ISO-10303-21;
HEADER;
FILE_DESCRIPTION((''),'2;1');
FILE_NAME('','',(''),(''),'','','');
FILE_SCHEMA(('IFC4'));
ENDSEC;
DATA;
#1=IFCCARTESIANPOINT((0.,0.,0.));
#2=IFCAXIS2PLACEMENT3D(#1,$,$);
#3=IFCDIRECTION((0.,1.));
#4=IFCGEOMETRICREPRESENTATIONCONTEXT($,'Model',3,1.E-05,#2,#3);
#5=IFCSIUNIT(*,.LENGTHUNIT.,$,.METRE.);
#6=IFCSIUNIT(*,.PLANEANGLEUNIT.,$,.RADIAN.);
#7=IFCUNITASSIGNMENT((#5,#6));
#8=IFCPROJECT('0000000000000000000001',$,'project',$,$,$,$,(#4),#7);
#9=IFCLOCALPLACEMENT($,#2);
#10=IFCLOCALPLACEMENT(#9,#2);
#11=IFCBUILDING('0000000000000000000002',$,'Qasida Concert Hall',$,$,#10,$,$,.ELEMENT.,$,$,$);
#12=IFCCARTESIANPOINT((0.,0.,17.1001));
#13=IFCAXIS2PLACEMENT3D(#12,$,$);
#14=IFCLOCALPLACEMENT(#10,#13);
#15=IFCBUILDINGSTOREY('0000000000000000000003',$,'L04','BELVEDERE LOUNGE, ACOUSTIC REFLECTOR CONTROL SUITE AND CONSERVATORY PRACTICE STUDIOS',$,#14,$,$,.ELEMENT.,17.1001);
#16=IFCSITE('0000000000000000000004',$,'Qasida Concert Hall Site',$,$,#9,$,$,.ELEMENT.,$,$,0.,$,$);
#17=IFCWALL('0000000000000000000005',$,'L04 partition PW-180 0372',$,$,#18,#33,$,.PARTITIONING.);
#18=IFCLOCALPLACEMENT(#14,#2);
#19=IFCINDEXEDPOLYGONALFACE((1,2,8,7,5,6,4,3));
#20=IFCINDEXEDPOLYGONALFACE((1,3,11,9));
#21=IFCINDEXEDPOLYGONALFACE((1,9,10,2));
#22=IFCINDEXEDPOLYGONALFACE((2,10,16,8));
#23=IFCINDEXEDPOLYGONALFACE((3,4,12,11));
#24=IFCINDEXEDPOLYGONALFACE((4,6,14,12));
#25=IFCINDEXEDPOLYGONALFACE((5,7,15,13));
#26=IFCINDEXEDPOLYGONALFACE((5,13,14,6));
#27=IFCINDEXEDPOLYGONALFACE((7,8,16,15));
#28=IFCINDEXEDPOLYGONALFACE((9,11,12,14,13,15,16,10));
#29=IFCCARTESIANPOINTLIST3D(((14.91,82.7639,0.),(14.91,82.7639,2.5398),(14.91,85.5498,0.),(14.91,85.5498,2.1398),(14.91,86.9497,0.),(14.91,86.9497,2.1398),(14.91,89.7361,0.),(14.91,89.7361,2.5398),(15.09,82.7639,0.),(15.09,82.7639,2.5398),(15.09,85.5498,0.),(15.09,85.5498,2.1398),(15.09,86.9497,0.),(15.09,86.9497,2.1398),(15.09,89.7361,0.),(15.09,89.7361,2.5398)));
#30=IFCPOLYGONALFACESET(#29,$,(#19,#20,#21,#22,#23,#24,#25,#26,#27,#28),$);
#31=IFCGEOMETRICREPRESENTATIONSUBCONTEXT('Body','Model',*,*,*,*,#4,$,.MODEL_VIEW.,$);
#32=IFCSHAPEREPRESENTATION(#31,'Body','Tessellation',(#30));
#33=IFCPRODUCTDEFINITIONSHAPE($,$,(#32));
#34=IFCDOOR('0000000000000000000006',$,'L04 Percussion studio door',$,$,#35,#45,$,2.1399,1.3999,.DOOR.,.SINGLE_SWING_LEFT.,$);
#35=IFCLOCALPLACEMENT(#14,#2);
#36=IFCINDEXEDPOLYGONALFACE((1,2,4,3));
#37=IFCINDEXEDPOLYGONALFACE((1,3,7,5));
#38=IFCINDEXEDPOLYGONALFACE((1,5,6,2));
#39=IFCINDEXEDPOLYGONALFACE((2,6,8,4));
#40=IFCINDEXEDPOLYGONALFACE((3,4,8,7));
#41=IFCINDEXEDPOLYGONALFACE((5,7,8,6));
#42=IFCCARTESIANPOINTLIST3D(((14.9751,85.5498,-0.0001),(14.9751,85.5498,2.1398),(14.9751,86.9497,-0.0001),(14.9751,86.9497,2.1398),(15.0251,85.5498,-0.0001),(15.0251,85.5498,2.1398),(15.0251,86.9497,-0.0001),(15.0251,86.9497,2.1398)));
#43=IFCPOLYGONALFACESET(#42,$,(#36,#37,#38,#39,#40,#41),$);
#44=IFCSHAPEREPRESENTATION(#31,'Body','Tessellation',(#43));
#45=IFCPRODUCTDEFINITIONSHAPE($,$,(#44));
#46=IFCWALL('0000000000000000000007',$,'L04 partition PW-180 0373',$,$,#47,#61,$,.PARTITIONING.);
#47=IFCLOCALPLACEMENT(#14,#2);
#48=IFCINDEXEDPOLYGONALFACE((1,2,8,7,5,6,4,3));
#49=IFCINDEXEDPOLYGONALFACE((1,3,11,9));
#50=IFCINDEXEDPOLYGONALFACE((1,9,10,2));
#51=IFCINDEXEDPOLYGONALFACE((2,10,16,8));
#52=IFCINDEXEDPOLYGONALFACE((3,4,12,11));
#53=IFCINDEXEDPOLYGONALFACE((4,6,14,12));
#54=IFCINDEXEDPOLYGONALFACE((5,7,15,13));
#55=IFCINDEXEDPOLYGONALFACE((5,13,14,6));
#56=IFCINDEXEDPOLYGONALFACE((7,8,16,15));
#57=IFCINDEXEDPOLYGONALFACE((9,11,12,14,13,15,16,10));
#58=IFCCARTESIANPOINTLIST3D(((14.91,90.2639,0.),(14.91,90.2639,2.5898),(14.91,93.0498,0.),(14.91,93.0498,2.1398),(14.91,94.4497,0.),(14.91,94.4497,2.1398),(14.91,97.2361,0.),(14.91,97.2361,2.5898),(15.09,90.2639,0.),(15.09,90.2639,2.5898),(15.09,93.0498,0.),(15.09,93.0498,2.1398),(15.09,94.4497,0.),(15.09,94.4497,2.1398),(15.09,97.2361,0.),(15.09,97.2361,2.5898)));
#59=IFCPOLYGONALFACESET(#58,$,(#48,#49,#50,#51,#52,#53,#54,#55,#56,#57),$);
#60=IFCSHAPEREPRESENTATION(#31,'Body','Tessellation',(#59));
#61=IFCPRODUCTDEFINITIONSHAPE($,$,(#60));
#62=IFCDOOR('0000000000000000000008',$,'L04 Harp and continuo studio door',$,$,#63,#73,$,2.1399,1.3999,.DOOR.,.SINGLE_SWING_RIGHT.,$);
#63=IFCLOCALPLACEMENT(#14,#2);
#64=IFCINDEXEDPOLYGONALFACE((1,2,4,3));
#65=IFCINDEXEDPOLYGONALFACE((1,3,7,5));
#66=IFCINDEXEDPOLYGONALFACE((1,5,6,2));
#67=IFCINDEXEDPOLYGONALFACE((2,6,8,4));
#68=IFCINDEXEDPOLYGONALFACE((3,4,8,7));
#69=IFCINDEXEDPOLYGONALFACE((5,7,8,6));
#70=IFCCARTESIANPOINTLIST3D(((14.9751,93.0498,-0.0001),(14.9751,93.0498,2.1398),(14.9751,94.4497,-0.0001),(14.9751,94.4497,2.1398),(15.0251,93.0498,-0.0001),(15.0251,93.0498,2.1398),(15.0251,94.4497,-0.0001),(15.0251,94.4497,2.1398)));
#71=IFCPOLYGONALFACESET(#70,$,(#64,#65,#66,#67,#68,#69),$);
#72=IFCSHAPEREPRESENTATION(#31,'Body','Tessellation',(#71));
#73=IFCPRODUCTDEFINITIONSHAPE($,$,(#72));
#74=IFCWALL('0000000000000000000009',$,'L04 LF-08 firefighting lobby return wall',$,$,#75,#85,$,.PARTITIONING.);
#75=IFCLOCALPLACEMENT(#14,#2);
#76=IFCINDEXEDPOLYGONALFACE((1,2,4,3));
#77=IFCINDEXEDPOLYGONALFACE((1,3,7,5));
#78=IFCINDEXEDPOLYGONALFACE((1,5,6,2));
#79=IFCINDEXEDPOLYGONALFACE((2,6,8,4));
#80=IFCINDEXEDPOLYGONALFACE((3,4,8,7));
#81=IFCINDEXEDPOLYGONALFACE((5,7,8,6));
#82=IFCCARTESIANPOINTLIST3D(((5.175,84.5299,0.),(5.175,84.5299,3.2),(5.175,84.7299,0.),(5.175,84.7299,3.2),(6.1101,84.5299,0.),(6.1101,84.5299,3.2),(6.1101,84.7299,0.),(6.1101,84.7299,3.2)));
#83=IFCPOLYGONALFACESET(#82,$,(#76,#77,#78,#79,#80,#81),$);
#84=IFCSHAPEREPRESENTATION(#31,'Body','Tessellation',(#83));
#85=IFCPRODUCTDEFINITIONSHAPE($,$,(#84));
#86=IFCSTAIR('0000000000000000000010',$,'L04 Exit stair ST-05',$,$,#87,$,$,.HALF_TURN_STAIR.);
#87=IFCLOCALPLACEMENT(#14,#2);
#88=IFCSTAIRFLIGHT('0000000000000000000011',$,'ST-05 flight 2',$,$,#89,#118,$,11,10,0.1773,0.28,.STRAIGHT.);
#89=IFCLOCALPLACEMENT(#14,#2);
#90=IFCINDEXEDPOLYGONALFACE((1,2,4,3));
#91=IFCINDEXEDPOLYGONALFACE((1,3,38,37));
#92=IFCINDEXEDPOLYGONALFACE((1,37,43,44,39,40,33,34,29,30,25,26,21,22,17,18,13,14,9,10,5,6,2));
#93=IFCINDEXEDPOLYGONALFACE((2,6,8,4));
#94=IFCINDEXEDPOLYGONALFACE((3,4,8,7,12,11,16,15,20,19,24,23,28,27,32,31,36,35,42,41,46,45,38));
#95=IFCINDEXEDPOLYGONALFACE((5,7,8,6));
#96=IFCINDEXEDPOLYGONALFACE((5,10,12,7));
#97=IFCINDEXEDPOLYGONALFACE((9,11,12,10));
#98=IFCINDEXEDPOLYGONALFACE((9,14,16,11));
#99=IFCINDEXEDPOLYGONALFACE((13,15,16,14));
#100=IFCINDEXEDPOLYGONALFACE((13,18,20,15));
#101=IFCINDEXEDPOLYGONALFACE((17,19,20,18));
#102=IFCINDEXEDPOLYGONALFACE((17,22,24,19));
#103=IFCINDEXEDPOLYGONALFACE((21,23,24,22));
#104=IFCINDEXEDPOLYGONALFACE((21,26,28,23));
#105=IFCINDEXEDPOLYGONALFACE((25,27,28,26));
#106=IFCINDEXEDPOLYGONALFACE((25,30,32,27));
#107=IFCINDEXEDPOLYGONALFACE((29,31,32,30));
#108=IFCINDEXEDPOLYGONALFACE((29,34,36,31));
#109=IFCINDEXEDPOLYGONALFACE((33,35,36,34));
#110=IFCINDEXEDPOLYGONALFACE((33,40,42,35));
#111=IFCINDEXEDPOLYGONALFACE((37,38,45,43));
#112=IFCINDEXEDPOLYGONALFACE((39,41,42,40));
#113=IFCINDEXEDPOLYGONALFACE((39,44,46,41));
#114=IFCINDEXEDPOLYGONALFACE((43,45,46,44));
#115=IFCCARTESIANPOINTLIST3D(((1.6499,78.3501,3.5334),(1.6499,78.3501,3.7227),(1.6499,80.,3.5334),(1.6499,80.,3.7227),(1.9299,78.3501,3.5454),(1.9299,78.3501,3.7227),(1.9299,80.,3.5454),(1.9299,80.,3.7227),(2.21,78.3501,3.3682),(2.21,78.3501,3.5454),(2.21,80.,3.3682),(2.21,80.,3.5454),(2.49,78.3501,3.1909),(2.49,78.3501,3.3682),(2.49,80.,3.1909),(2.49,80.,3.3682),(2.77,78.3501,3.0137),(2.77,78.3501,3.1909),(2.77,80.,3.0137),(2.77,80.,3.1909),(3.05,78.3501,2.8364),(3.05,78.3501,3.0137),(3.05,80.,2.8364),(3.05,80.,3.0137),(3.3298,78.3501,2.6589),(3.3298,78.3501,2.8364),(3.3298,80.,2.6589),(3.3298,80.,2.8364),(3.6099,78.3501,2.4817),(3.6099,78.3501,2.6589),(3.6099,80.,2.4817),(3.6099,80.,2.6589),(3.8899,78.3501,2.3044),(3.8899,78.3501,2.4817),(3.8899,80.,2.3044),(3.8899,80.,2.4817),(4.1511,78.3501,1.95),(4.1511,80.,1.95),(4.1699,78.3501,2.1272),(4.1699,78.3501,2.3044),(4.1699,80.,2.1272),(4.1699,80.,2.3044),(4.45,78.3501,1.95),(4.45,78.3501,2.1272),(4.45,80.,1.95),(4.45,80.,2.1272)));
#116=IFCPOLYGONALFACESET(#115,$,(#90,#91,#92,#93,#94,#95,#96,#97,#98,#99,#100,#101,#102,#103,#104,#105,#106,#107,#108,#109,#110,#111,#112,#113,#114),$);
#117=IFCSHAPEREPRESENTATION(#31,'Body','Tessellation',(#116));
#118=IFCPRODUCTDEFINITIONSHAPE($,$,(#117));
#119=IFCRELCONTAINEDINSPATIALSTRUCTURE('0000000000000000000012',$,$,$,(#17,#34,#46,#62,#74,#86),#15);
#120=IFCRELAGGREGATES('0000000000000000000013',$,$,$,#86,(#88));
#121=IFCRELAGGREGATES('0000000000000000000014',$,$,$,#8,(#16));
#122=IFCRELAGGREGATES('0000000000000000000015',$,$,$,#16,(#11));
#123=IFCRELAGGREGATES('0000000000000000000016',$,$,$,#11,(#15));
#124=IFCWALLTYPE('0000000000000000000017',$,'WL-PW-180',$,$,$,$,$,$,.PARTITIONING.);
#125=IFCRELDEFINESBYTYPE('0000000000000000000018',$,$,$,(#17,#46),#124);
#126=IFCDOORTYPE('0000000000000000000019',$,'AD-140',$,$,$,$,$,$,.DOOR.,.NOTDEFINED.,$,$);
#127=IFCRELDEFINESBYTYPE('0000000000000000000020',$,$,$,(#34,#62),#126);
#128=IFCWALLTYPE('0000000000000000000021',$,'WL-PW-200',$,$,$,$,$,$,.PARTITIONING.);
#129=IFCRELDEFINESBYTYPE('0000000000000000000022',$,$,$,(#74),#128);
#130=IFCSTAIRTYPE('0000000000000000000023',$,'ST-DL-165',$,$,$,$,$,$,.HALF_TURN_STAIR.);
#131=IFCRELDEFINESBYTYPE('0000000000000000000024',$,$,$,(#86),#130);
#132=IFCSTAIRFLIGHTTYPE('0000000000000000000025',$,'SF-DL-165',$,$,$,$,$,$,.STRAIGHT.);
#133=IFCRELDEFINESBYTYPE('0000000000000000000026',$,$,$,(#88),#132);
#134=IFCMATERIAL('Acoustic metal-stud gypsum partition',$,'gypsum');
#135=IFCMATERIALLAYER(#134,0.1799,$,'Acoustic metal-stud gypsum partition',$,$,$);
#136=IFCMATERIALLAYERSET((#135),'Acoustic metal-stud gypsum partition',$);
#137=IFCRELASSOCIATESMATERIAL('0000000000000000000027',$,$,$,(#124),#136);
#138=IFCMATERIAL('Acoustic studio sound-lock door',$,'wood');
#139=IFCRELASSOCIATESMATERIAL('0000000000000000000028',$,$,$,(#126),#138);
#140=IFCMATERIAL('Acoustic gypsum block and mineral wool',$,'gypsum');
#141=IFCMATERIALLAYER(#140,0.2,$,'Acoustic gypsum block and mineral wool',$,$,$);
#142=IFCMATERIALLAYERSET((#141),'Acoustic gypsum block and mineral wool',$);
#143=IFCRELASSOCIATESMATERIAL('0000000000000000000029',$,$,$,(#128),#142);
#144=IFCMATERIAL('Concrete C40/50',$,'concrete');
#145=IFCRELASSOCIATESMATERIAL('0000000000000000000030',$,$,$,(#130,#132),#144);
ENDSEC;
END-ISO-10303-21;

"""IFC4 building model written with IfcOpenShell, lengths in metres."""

from ifc_helpers import new_model, si_unit, direction, frame, frame_2d, origin, place, context, subcontext, project, spatial, polyline, rectangle, outline, extrude, material, layer, layer_set, type_object, element, fill, aggregate, save


model = new_model("IFC4")

# Units and contexts
model_context = context("Model", 3, precision=1e-05, world=origin(), true_north=direction((0.0, 1.0)))
body_context = subcontext(model_context, "Body", "Model", "MODEL_VIEW")
ifc_project = project(units=[si_unit("LENGTHUNIT", "METRE"), si_unit("PLANEANGLEUNIT", "RADIAN")], contexts=[model_context])

# Site, building, storey
site_placement = place(None, origin())
site = spatial("IfcSite", under=ifc_project, at=site_placement, Name="Qasida Concert Hall Site", CompositionType="ELEMENT", RefElevation=0.0)
building_placement = place(site_placement, origin())
building = spatial("IfcBuilding", under=site, at=building_placement, Name="Qasida Concert Hall", CompositionType="ELEMENT")
storey_placement = place(building_placement, frame((0.0, 0.0, 17.1001)))
storey = spatial("IfcBuildingStorey", under=building, at=storey_placement, Name="L04", Description="BELVEDERE LOUNGE, ACOUSTIC REFLECTOR CONTROL SUITE AND CONSERVATORY PRACTICE STUDIOS", CompositionType="ELEMENT", Elevation=17.1001)

# Shared definitions
ifc_material_1 = material(Name="Concrete C40/50", Category="concrete")

# Shared definitions
ifc_material_2 = material(Name="Acoustic metal-stud gypsum partition", Category="gypsum")
ifc_layer_1 = layer(ifc_material_2, 0.1799, Name="Acoustic metal-stud gypsum partition")
ifc_layer_set_1 = layer_set([ifc_layer_1], Name="Acoustic metal-stud gypsum partition")
wall_type_1 = type_object("IfcWallType", Name="WL-PW-180", PredefinedType="PARTITIONING", material=ifc_layer_set_1)

# Walls, openings, doors
ifc_material_3 = material(Name="Acoustic studio sound-lock door", Category="wood")
door_type_1 = type_object("IfcDoorType", Name="AD-140", OperationType="NOTDEFINED", PredefinedType="DOOR", material=ifc_material_3)
wall_1_placement = place(storey_placement, frame((15.0, 82.7639, 0.0), z_axis=(0.0, 0.0, 1.0), x_axis=(0.0, 1.0, 0.0)))
wall_1 = element("IfcWall", 1, at=wall_1_placement, inside=storey, type_object=wall_type_1, Name="L04 partition PW-180 0372", PredefinedType="PARTITIONING", context=body_context, shape_type="SweptSolid", body=[
    extrude(rectangle(XDim=6.9722, YDim=0.1799, at=frame_2d((3.4861, 0.0))), origin(), (0.0, 0.0, 1.0), 2.5398),
])
opening_1_placement = place(wall_1_placement, frame((2.7859, 0.0, 0.0)))
opening_1 = element("IfcOpeningElement", 2, at=opening_1_placement, cuts=wall_1, PredefinedType="OPENING", context=body_context, shape_type="SweptSolid", body=[
    extrude(rectangle(XDim=1.3999, YDim=2.1399, at=frame_2d((0.7, 1.0698))), frame((0.0, 0.0999, 0.0), z_axis=(0.0, -1.0, 0.0), x_axis=(1.0, 0.0, 0.0)), (0.0, 0.0, 1.0), 0.2),
])
door_1_placement = place(opening_1_placement, origin())
door_1 = element("IfcDoor", 3, at=door_1_placement, inside=storey, type_object=door_type_1, Name="L04 Percussion studio door", OperationType="SINGLE_SWING_LEFT", OverallHeight=2.1399, OverallWidth=1.3999, PredefinedType="DOOR", context=body_context, shape_type="SweptSolid", body=[
    extrude(rectangle(XDim=1.3999, YDim=2.1399, at=frame_2d((0.7, 1.0698))), frame((0.0, 0.0249, 0.0), z_axis=(0.0, -1.0, 0.0), x_axis=(1.0, 0.0, 0.0)), (0.0, 0.0, 1.0), 0.05),
])
fill(opening_1, door_1)
wall_2_placement = place(storey_placement, frame((15.0, 90.2639, 0.0), z_axis=(0.0, 0.0, 1.0), x_axis=(0.0, 1.0, 0.0)))
wall_2 = element("IfcWall", 4, at=wall_2_placement, inside=storey, type_object=wall_type_1, Name="L04 partition PW-180 0373", PredefinedType="PARTITIONING", context=body_context, shape_type="SweptSolid", body=[
    extrude(rectangle(XDim=6.9722, YDim=0.1799, at=frame_2d((3.4861, 0.0))), origin(), (0.0, 0.0, 1.0), 2.5898),
])
opening_2_placement = place(wall_2_placement, frame((2.7859, 0.0, 0.0)))
opening_2 = element("IfcOpeningElement", 5, at=opening_2_placement, cuts=wall_2, PredefinedType="OPENING", context=body_context, shape_type="SweptSolid", body=[
    extrude(rectangle(XDim=1.3999, YDim=2.1399, at=frame_2d((0.7, 1.0698))), frame((0.0, 0.0999, 0.0), z_axis=(0.0, -1.0, 0.0), x_axis=(1.0, 0.0, 0.0)), (0.0, 0.0, 1.0), 0.2),
])
door_2_placement = place(opening_2_placement, origin())
door_2 = element("IfcDoor", 6, at=door_2_placement, inside=storey, type_object=door_type_1, Name="L04 Harp and continuo studio door", OperationType="SINGLE_SWING_RIGHT", OverallHeight=2.1399, OverallWidth=1.3999, PredefinedType="DOOR", context=body_context, shape_type="SweptSolid", body=[
    extrude(rectangle(XDim=1.3999, YDim=2.1399, at=frame_2d((0.7, 1.0698))), frame((0.0, 0.0249, 0.0), z_axis=(0.0, -1.0, 0.0), x_axis=(1.0, 0.0, 0.0)), (0.0, 0.0, 1.0), 0.05),
])
fill(opening_2, door_2)

# Wall
ifc_material_4 = material(Name="Acoustic gypsum block and mineral wool", Category="gypsum")
ifc_layer_2 = layer(ifc_material_4, 0.2, Name="Acoustic gypsum block and mineral wool")
ifc_layer_set_2 = layer_set([ifc_layer_2], Name="Acoustic gypsum block and mineral wool")
wall_type_2 = type_object("IfcWallType", Name="WL-PW-200", PredefinedType="PARTITIONING", material=ifc_layer_set_2)
wall_3_placement = place(storey_placement, frame((5.175, 84.6299, 0.0), z_axis=(0.0, 0.0, 1.0), x_axis=(1.0, 0.0, 0.0)))
element("IfcWall", 7, at=wall_3_placement, inside=storey, type_object=wall_type_2, Name="L04 LF-08 firefighting lobby return wall", PredefinedType="PARTITIONING", context=body_context, shape_type="SweptSolid", body=[
    extrude(rectangle(XDim=0.9351, YDim=0.2, at=frame_2d((0.4675, 0.0))), origin(), (0.0, 0.0, 1.0), 3.2),
])

# Stair, stair flight
stair_type = type_object("IfcStairType", Name="ST-DL-165", PredefinedType="HALF_TURN_STAIR", material=ifc_material_1)
stair_placement = place(storey_placement, origin())
stair = element("IfcStair", 8, at=stair_placement, inside=storey, type_object=stair_type, Name="L04 Exit stair ST-05", PredefinedType="HALF_TURN_STAIR")
stair_flight_type = type_object("IfcStairFlightType", Name="SF-DL-165", PredefinedType="STRAIGHT", material=ifc_material_1)
stair_flight_placement = place(storey_placement, frame((4.45, 79.175, 1.95), z_axis=(0.0, 0.0, 1.0), x_axis=(-1.0, 0.0, 0.0)))
stair_flight = element("IfcStairFlight", 9, at=stair_flight_placement, type_object=stair_flight_type, Name="ST-05 flight 2", NumberOfRisers=11, NumberOfTreads=10, PredefinedType="STRAIGHT", RiserHeight=0.1773, TreadLength=0.28, context=body_context, shape_type="SweptSolid", body=[
    extrude(outline(polyline([(0.0, 0.0), (0.0, 0.1772), (0.28, 0.1772), (0.28, 0.3545), (0.5601, 0.3545), (0.5601, 0.5317), (0.8401, 0.5317), (0.8401, 0.709), (1.1201, 0.709), (1.1201, 0.8865), (1.3999, 0.8865), (1.3999, 1.0637), (1.6799, 1.0637), (1.6799, 1.241), (1.96, 1.241), (1.96, 1.4182), (2.24, 1.4182), (2.24, 1.5955), (2.52, 1.5955), (2.52, 1.7727), (2.8, 1.7727), (2.8, 1.95), (2.8, 1.5835), (0.2988, 0.0), (0.0, 0.0)])), frame((0.0, 0.825, 0.0), z_axis=(0.0, -1.0, 0.0), x_axis=(1.0, 0.0, 0.0)), (0.0, 0.0, 1.0), 1.6499),
])
aggregate(stair, [stair_flight])

save(model, "model.ifc")
